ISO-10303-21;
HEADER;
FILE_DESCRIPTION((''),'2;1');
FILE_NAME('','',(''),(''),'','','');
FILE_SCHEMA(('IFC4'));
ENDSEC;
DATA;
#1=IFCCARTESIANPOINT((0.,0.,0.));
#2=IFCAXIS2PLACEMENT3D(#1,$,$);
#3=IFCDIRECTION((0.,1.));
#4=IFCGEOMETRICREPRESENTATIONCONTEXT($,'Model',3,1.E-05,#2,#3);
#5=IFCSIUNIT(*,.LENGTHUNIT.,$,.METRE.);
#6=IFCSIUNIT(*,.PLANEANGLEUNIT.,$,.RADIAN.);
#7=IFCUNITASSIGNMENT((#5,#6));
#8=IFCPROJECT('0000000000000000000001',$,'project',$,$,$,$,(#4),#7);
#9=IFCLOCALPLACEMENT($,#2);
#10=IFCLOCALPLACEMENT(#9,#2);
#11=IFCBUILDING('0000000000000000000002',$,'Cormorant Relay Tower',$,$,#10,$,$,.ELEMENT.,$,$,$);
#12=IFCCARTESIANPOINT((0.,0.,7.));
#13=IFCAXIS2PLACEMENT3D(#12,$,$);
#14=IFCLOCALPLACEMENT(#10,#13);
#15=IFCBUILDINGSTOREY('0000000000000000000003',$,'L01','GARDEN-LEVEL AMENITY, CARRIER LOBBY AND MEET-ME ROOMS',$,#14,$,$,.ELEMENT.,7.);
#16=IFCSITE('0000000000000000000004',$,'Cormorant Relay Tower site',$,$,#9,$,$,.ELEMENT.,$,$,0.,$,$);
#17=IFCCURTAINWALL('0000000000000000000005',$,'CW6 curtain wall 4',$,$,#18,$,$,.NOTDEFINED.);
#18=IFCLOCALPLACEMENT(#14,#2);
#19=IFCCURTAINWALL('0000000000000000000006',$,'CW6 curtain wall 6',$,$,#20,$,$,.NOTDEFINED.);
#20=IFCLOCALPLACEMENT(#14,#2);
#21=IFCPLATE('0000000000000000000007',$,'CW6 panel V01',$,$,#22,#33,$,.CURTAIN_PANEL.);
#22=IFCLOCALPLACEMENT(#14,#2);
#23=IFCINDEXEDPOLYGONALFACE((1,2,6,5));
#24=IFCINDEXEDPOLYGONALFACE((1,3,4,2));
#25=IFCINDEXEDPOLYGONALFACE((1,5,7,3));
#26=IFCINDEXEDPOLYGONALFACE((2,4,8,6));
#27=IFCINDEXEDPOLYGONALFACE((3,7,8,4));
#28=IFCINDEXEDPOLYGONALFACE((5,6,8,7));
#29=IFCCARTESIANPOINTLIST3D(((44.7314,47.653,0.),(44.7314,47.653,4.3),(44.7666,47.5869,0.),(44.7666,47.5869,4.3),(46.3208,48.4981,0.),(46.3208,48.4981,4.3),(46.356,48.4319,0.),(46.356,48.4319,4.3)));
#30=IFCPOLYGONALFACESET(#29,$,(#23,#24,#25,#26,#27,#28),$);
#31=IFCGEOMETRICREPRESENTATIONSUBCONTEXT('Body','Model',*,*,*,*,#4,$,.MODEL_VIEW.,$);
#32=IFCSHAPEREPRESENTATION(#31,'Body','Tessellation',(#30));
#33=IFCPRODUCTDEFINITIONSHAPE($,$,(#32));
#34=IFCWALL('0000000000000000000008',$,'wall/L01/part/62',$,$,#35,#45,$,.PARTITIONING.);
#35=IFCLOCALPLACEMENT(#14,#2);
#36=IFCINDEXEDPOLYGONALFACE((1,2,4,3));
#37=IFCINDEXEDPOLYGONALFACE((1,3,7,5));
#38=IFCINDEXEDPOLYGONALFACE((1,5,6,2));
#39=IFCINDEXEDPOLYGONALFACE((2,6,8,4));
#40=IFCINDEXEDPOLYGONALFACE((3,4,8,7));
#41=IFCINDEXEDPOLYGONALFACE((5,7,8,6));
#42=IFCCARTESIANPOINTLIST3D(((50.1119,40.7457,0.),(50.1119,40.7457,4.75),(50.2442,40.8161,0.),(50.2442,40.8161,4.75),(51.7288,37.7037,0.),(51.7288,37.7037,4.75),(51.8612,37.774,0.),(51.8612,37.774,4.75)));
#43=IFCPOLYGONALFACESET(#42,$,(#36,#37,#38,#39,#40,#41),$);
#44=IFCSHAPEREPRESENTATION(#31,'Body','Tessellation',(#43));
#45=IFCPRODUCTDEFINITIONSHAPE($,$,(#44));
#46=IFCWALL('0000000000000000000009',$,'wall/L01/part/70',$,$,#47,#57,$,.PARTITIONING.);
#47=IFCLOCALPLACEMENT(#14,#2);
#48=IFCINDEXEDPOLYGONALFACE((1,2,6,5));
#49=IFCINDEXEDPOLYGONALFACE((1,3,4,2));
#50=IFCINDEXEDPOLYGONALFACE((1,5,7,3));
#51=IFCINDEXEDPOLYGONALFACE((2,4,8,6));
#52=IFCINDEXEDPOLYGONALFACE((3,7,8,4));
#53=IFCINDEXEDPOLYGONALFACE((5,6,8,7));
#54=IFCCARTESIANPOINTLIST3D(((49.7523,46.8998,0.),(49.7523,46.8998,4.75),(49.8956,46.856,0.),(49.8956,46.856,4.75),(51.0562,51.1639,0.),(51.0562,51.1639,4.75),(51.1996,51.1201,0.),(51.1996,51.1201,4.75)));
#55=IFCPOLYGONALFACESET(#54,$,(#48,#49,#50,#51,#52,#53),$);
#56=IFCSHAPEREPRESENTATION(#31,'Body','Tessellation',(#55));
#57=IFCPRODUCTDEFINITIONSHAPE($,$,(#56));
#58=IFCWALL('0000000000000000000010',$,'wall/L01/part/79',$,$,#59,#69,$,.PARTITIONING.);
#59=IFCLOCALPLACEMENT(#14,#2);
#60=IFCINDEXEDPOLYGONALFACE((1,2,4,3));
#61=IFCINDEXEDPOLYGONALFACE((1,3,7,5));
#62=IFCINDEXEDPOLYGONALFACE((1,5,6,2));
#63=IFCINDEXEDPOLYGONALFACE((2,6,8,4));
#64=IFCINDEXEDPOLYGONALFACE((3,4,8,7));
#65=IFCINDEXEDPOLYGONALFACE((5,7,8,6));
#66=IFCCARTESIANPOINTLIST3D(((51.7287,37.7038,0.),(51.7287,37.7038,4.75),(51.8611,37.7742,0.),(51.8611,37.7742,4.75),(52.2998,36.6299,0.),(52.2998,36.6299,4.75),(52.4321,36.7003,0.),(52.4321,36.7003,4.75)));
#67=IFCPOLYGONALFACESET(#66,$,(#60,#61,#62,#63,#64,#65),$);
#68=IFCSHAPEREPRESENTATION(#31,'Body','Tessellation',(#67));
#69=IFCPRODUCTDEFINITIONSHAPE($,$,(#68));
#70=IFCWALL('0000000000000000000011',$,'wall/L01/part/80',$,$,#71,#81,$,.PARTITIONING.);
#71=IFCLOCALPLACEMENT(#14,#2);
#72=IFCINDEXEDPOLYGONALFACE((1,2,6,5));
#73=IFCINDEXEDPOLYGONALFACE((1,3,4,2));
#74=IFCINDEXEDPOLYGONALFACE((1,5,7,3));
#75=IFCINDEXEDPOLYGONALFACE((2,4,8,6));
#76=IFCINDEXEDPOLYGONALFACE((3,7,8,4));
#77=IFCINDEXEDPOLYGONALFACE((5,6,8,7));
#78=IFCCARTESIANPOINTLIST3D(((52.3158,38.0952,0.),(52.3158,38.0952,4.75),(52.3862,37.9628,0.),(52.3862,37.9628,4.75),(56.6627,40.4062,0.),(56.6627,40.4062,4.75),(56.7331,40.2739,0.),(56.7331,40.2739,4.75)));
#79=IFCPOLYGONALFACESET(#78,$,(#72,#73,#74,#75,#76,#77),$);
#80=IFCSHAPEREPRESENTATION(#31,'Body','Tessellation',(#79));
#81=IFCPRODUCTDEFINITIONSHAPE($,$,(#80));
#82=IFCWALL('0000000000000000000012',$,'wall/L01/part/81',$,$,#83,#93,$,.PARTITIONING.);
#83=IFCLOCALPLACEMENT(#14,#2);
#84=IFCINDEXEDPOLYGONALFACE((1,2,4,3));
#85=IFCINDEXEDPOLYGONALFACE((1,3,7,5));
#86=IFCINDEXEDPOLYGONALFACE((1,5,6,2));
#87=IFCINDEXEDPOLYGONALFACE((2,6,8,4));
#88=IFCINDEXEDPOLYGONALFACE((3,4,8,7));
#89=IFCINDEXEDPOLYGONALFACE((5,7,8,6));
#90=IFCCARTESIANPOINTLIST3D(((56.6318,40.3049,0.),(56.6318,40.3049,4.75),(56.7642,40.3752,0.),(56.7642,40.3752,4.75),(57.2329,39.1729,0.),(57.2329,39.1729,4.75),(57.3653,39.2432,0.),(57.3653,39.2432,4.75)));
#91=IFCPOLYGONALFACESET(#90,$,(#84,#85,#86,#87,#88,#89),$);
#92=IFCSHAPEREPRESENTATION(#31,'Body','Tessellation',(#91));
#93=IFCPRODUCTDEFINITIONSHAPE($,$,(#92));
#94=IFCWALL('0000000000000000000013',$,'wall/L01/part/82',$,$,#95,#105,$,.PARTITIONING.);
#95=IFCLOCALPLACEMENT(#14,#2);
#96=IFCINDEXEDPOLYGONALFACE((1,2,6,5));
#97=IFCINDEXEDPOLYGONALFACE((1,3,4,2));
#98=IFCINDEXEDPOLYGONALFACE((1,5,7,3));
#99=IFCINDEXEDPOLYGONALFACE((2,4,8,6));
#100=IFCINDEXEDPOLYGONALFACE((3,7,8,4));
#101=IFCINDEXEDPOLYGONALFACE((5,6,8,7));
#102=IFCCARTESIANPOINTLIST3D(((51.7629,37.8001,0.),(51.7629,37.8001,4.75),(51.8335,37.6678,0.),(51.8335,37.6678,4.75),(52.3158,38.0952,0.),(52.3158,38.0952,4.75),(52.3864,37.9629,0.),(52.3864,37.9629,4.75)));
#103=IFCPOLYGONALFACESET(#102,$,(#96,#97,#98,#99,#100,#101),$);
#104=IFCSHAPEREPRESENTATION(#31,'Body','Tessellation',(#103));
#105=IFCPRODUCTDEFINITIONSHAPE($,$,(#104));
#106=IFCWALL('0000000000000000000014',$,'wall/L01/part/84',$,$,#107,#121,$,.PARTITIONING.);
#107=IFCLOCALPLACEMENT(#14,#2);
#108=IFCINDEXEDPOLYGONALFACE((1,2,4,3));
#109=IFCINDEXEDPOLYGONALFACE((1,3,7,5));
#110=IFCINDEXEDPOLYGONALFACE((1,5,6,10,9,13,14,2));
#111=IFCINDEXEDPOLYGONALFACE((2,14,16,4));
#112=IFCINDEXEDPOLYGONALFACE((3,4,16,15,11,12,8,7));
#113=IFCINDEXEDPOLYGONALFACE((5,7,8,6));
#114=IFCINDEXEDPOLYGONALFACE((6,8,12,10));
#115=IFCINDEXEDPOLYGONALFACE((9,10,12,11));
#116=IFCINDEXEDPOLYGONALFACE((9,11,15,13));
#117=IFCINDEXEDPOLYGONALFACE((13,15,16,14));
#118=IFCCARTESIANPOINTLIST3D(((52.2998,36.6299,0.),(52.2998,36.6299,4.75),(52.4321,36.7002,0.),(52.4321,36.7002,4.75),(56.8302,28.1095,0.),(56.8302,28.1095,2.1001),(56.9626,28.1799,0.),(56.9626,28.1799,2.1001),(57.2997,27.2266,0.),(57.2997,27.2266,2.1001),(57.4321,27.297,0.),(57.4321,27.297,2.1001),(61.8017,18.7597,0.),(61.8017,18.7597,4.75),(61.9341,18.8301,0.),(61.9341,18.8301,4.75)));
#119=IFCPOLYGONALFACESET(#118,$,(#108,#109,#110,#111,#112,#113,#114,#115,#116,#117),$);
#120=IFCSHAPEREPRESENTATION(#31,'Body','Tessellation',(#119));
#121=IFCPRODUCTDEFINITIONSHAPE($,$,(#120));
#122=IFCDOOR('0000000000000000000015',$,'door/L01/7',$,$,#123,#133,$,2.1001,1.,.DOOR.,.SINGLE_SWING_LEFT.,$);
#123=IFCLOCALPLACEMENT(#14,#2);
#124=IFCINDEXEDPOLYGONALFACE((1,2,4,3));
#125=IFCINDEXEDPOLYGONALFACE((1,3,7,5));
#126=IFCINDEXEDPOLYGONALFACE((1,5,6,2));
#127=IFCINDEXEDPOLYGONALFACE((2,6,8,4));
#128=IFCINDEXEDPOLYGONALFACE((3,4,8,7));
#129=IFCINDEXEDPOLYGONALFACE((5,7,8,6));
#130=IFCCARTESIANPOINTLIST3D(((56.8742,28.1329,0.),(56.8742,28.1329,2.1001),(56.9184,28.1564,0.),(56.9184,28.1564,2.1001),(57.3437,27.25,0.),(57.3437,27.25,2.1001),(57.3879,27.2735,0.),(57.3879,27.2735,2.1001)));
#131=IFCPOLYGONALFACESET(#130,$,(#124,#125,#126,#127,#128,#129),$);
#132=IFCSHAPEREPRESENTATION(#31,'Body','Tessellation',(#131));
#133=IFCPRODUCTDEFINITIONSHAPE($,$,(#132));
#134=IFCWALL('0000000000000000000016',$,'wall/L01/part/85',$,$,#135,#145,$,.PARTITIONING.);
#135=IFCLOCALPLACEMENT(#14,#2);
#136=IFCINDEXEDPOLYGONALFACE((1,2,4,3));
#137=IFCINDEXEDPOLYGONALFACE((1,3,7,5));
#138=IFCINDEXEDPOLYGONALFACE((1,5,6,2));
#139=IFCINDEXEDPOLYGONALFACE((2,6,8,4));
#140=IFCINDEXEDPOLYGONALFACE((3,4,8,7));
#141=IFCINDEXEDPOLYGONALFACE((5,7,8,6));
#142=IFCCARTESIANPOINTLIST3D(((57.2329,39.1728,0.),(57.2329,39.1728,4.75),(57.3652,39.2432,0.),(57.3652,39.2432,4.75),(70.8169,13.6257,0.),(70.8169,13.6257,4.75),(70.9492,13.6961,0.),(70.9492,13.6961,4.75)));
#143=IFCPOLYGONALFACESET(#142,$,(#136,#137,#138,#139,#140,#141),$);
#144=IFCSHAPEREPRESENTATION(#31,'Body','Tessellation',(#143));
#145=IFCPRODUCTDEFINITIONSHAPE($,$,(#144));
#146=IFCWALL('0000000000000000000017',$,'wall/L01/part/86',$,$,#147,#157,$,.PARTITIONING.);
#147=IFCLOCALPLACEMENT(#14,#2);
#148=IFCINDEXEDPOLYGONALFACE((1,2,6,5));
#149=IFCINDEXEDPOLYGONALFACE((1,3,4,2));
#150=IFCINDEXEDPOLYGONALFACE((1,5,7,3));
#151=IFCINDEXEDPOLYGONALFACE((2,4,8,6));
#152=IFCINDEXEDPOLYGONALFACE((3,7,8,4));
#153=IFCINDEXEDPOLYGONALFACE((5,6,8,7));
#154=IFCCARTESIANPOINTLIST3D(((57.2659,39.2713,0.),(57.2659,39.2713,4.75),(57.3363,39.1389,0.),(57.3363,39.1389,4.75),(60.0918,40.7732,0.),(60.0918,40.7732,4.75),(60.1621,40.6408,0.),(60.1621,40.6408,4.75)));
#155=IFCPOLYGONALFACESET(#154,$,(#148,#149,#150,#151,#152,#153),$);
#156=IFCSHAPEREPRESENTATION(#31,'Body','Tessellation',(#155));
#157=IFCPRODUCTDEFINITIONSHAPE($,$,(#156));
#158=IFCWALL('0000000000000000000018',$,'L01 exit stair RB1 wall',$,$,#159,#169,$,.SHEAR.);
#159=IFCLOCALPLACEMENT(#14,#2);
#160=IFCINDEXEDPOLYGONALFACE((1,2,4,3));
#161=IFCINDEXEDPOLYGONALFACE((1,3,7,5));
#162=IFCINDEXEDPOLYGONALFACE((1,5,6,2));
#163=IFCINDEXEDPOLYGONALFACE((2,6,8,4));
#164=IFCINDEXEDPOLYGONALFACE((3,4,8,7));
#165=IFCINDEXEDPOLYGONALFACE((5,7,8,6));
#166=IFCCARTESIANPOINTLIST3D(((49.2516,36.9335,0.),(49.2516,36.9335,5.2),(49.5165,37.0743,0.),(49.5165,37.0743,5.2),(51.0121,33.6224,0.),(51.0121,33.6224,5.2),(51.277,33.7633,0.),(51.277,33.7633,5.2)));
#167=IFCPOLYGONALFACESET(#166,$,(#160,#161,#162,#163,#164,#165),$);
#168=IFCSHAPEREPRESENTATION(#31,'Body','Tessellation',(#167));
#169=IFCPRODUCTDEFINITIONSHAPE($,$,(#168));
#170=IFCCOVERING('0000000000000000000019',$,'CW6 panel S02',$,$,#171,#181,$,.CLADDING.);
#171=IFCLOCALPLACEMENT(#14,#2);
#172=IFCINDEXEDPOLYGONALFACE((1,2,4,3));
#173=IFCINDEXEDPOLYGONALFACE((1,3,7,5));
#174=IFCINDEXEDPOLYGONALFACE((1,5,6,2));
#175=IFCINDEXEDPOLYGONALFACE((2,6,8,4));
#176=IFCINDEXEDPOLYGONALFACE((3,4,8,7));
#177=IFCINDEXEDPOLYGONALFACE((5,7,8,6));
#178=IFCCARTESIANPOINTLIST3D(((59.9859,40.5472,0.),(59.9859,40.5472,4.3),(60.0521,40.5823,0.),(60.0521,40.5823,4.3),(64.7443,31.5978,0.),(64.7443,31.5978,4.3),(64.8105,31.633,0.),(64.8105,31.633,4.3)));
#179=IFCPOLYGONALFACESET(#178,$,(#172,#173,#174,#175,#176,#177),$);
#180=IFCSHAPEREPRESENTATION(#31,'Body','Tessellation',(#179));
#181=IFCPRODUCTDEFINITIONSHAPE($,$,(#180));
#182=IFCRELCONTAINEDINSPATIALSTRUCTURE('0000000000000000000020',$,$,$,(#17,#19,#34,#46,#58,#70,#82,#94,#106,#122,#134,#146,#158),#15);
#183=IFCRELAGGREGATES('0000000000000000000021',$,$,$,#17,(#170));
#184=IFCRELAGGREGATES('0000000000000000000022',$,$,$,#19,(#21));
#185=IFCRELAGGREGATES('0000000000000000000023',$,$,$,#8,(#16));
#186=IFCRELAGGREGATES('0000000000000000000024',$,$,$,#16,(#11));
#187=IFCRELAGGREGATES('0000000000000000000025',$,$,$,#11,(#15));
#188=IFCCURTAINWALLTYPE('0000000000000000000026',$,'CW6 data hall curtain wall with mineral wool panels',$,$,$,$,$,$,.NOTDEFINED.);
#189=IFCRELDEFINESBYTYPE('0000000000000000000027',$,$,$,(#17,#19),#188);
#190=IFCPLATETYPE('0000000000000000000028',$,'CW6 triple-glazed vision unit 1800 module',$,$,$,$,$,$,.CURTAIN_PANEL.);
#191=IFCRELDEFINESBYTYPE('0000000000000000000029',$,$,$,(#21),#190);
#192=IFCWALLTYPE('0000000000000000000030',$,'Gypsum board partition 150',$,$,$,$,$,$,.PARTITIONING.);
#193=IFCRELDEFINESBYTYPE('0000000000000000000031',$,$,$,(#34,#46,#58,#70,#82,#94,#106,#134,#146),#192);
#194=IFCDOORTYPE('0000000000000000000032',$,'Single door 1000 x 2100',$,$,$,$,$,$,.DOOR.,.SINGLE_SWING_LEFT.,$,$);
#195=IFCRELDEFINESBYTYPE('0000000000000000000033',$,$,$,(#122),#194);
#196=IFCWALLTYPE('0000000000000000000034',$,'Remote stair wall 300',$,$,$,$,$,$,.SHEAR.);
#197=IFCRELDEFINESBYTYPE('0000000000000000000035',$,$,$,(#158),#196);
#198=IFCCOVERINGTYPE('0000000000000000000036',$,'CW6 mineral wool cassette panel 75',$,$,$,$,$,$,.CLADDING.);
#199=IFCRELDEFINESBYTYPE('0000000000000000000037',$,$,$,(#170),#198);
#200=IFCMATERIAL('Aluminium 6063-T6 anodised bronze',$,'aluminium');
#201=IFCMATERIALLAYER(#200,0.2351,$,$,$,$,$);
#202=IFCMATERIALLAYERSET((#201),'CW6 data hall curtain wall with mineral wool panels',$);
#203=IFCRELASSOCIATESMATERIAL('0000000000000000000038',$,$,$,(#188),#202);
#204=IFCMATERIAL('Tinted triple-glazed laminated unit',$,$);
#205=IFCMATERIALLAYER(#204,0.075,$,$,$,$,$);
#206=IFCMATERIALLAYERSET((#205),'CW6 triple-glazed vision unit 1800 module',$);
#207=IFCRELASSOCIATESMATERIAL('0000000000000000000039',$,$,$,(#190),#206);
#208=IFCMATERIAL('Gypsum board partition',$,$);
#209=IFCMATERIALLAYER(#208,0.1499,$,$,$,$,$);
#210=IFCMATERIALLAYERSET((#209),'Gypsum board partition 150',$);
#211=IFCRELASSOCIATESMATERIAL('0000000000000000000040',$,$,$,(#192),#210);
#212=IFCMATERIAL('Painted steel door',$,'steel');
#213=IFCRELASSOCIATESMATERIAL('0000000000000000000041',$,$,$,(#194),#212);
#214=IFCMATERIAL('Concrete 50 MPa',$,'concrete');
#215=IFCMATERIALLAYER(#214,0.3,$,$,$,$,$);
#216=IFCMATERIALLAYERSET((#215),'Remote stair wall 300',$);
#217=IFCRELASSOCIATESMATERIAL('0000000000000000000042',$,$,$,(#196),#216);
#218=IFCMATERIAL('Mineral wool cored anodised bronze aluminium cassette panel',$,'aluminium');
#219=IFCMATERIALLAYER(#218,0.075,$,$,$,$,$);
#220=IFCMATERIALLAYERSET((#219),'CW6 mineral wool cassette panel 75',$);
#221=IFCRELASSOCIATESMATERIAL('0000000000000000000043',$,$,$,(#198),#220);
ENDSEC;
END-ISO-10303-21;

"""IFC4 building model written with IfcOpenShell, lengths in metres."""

from ifc_helpers import new_model, si_unit, direction, frame, frame_2d, origin, origin_2d, place, context, subcontext, project, spatial, rectangle, extrude, material, layer, layer_set, type_object, element, fill, aggregate, save


model = new_model("IFC4")

# Units and contexts
model_context = context("Model", 3, precision=1e-05, world=origin(), true_north=direction((0.0, 1.0)))
body_context = subcontext(model_context, "Body", "Model", "MODEL_VIEW")
ifc_project = project(units=[si_unit("LENGTHUNIT", "METRE"), si_unit("PLANEANGLEUNIT", "RADIAN")], contexts=[model_context])

# Site, building, storey
site_placement = place(None, origin())
site = spatial("IfcSite", under=ifc_project, at=site_placement, Name="Cormorant Relay Tower site", CompositionType="ELEMENT", RefElevation=0.0)
building_placement = place(site_placement, origin())
building = spatial("IfcBuilding", under=site, at=building_placement, Name="Cormorant Relay Tower", CompositionType="ELEMENT")
storey_placement = place(building_placement, frame((0.0, 0.0, 7.0)))
storey = spatial("IfcBuildingStorey", under=building, at=storey_placement, Name="L01", Description="GARDEN-LEVEL AMENITY, CARRIER LOBBY AND MEET-ME ROOMS", CompositionType="ELEMENT", Elevation=7.0)

# Curtain wall
ifc_material_1 = material(Name="Aluminium 6063-T6 anodised bronze", Category="aluminium")
ifc_layer_1 = layer(ifc_material_1, 0.2351)
ifc_layer_set_1 = layer_set([ifc_layer_1], Name="CW6 data hall curtain wall with mineral wool panels")
curtain_wall_type = type_object("IfcCurtainWallType", Name="CW6 data hall curtain wall with mineral wool panels", PredefinedType="NOTDEFINED", material=ifc_layer_set_1)
curtain_wall_1_placement = place(storey_placement, origin())
curtain_wall_1 = element("IfcCurtainWall", 1, at=curtain_wall_1_placement, inside=storey, type_object=curtain_wall_type, Name="CW6 curtain wall 4", PredefinedType="NOTDEFINED")

# Curtain wall
curtain_wall_2_placement = place(storey_placement, origin())
curtain_wall_2 = element("IfcCurtainWall", 2, at=curtain_wall_2_placement, inside=storey, type_object=curtain_wall_type, Name="CW6 curtain wall 6", PredefinedType="NOTDEFINED")

# Plate
ifc_material_2 = material(Name="Tinted triple-glazed laminated unit")
ifc_layer_2 = layer(ifc_material_2, 0.075)
ifc_layer_set_2 = layer_set([ifc_layer_2], Name="CW6 triple-glazed vision unit 1800 module")
plate_type = type_object("IfcPlateType", Name="CW6 triple-glazed vision unit 1800 module", PredefinedType="CURTAIN_PANEL", material=ifc_layer_set_2)
plate_1_placement = place(storey_placement, frame((45.5437, 48.0425, 0.0), z_axis=(0.0, 0.0, 1.0), x_axis=(-0.882948, -0.469472, 0.0)))
plate_1 = element("IfcPlate", 3, at=plate_1_placement, type_object=plate_type, Name="CW6 panel V01", PredefinedType="CURTAIN_PANEL", context=body_context, shape_type="SweptSolid", body=[
    extrude(rectangle(XDim=1.8, YDim=0.075, at=origin_2d()), origin(), (0.0, 0.0, 1.0), 4.3),
])

# Walls
ifc_material_3 = material(Name="Gypsum board partition")
ifc_layer_3 = layer(ifc_material_3, 0.1499)
ifc_layer_set_3 = layer_set([ifc_layer_3], Name="Gypsum board partition 150")
wall_type_1 = type_object("IfcWallType", Name="Gypsum board partition 150", PredefinedType="PARTITIONING", material=ifc_layer_set_3)
wall_1_placement = place(storey_placement, frame((50.178, 40.781, 0.0), z_axis=(0.0, 0.0, 1.0), x_axis=(0.469356, -0.883009, 0.0)))
element("IfcWall", 4, at=wall_1_placement, inside=storey, type_object=wall_type_1, Name="wall/L01/part/62", PredefinedType="PARTITIONING", context=body_context, shape_type="SweptSolid", body=[
    extrude(rectangle(XDim=3.4451, YDim=0.1499, at=frame_2d((1.7227, 0.0))), origin(), (0.0, 0.0, 1.0), 4.75),
])
wall_2_placement = place(storey_placement, frame((49.824, 46.8779, 0.0), z_axis=(0.0, 0.0, 1.0), x_axis=(0.292427, 0.956288, 0.0)))
element("IfcWall", 5, at=wall_2_placement, inside=storey, type_object=wall_type_1, Name="wall/L01/part/70", PredefinedType="PARTITIONING", context=body_context, shape_type="SweptSolid", body=[
    extrude(rectangle(XDim=4.459, YDim=0.1499, at=frame_2d((2.2295, 0.0))), origin(), (0.0, 0.0, 1.0), 4.75),
])
wall_3_placement = place(storey_placement, frame((51.7949, 37.739, 0.0), z_axis=(0.0, 0.0, 1.0), x_axis=(0.469473, -0.882947, 0.0)))
element("IfcWall", 6, at=wall_3_placement, inside=storey, type_object=wall_type_1, Name="wall/L01/part/79", PredefinedType="PARTITIONING", context=body_context, shape_type="SweptSolid", body=[
    extrude(rectangle(XDim=1.2163, YDim=0.1499, at=frame_2d((0.6082, 0.0))), origin(), (0.0, 0.0, 1.0), 4.75),
])
wall_4_placement = place(storey_placement, frame((52.3511, 38.0291, 0.0), z_axis=(0.0, 0.0, 1.0), x_axis=(0.88297, 0.46943, 0.0)))
element("IfcWall", 7, at=wall_4_placement, inside=storey, type_object=wall_type_1, Name="wall/L01/part/80", PredefinedType="PARTITIONING", context=body_context, shape_type="SweptSolid", body=[
    extrude(rectangle(XDim=4.9231, YDim=0.1499, at=frame_2d((2.4614, 0.0))), origin(), (0.0, 0.0, 1.0), 4.75),
])
wall_5_placement = place(storey_placement, frame((56.698, 40.3401, 0.0), z_axis=(0.0, 0.0, 1.0), x_axis=(0.468946, -0.883227, 0.0)))
element("IfcWall", 8, at=wall_5_placement, inside=storey, type_object=wall_type_1, Name="wall/L01/part/81", PredefinedType="PARTITIONING", context=body_context, shape_type="SweptSolid", body=[
    extrude(rectangle(XDim=1.2817, YDim=0.1499, at=frame_2d((0.6409, 0.0))), origin(), (0.0, 0.0, 1.0), 4.75),
])
wall_6_placement = place(storey_placement, frame((51.7981, 37.7339, 0.0), z_axis=(0.0, 0.0, 1.0), x_axis=(0.882191, 0.470891, 0.0)))
element("IfcWall", 9, at=wall_6_placement, inside=storey, type_object=wall_type_1, Name="wall/L01/part/82", PredefinedType="PARTITIONING", context=body_context, shape_type="SweptSolid", body=[
    extrude(rectangle(XDim=0.6267, YDim=0.1499, at=frame_2d((0.3135, 0.0))), origin(), (0.0, 0.0, 1.0), 4.75),
])

# Wall, opening, door
wall_7_placement = place(storey_placement, frame((52.366, 36.665, 0.0), z_axis=(0.0, 0.0, 1.0), x_axis=(0.469481, -0.882943, 0.0)))
wall_7 = element("IfcWall", 10, at=wall_7_placement, inside=storey, type_object=wall_type_1, Name="wall/L01/part/84", PredefinedType="PARTITIONING", context=body_context, shape_type="SweptSolid", body=[
    extrude(rectangle(XDim=20.2393, YDim=0.1499, at=frame_2d((10.1196, 0.0))), origin(), (0.0, 0.0, 1.0), 4.75),
])
opening_placement = place(wall_7_placement, frame((9.6499, 0.0, 0.0)))
opening = element("IfcOpeningElement", 11, at=opening_placement, cuts=wall_7, PredefinedType="OPENING", context=body_context, shape_type="SweptSolid", body=[
    extrude(rectangle(XDim=1.0, YDim=2.1001, at=frame_2d((0.5, 1.05))), frame((0.0, 0.085, 0.0), z_axis=(0.0, -1.0, 0.0), x_axis=(1.0, 0.0, 0.0)), (0.0, 0.0, 1.0), 0.1699),
])
ifc_material_4 = material(Name="Painted steel door", Category="steel")
door_type = type_object("IfcDoorType", Name="Single door 1000 x 2100", OperationType="SINGLE_SWING_LEFT", PredefinedType="DOOR", material=ifc_material_4)
door_placement = place(opening_placement, origin())
door = element("IfcDoor", 12, at=door_placement, inside=storey, type_object=door_type, Name="door/L01/7", OperationType="SINGLE_SWING_LEFT", OverallHeight=2.1001, OverallWidth=1.0, PredefinedType="DOOR", context=body_context, shape_type="SweptSolid", body=[
    extrude(rectangle(XDim=1.0, YDim=2.1001, at=frame_2d((0.5, 1.05))), frame((0.0, 0.0249, 0.0), z_axis=(0.0, -1.0, 0.0), x_axis=(1.0, 0.0, 0.0)), (0.0, 0.0, 1.0), 0.05),
])
fill(opening, door)

# Walls
wall_8_placement = place(storey_placement, frame((57.2991, 39.208, 0.0), z_axis=(0.0, 0.0, 1.0), x_axis=(0.469481, -0.882943, 0.0)))
element("IfcWall", 13, at=wall_8_placement, inside=storey, type_object=wall_type_1, Name="wall/L01/part/85", PredefinedType="PARTITIONING", context=body_context, shape_type="SweptSolid", body=[
    extrude(rectangle(XDim=28.9341, YDim=0.1499, at=frame_2d((14.467, 0.0))), origin(), (0.0, 0.0, 1.0), 4.75),
])
wall_9_placement = place(storey_placement, frame((60.127, 40.707, 0.0), z_axis=(0.0, 0.0, 1.0), x_axis=(-0.883028, -0.469321, 0.0)))
element("IfcWall", 14, at=wall_9_placement, inside=storey, type_object=wall_type_1, Name="wall/L01/part/86", PredefinedType="PARTITIONING", context=body_context, shape_type="SweptSolid", body=[
    extrude(rectangle(XDim=3.2002, YDim=0.1499, at=frame_2d((1.6001, 0.0))), origin(), (0.0, 0.0, 1.0), 4.75),
])
ifc_material_5 = material(Name="Concrete 50 MPa", Category="concrete")
ifc_layer_4 = layer(ifc_material_5, 0.3)
ifc_layer_set_4 = layer_set([ifc_layer_4], Name="Remote stair wall 300")
wall_type_2 = type_object("IfcWallType", Name="Remote stair wall 300", PredefinedType="SHEAR", material=ifc_layer_set_4)
wall_10_placement = place(storey_placement, frame((49.384, 37.0039, 0.0), z_axis=(0.0, 0.0, 1.0), x_axis=(0.469469, -0.882949, 0.0)))
element("IfcWall", 15, at=wall_10_placement, inside=storey, type_object=wall_type_2, Name="L01 exit stair RB1 wall", PredefinedType="SHEAR", context=body_context, shape_type="SweptSolid", body=[
    extrude(rectangle(XDim=3.75, YDim=0.3, at=frame_2d((1.875, 0.0))), origin(), (0.0, 0.0, 1.0), 5.2),
])

# Covering
ifc_material_6 = material(Name="Mineral wool cored anodised bronze aluminium cassette panel", Category="aluminium")
ifc_layer_5 = layer(ifc_material_6, 0.075)
ifc_layer_set_5 = layer_set([ifc_layer_5], Name="CW6 mineral wool cassette panel 75")
covering_type = type_object("IfcCoveringType", Name="CW6 mineral wool cassette panel 75", PredefinedType="CLADDING", material=ifc_layer_set_5)
covering_1_placement = place(storey_placement, frame((62.3982, 36.0901, 0.0), z_axis=(0.0, 0.0, 1.0), x_axis=(-0.469472, 0.882948, 0.0)))
covering_1 = element("IfcCovering", 16, at=covering_1_placement, type_object=covering_type, Name="CW6 panel S02", PredefinedType="CLADDING", context=body_context, shape_type="SweptSolid", body=[
    extrude(rectangle(XDim=10.1357, YDim=0.075, at=origin_2d()), origin(), (0.0, 0.0, 1.0), 4.3),
])
aggregate(curtain_wall_1, [covering_1])
aggregate(curtain_wall_2, [plate_1])

save(model, "model.ifc")
